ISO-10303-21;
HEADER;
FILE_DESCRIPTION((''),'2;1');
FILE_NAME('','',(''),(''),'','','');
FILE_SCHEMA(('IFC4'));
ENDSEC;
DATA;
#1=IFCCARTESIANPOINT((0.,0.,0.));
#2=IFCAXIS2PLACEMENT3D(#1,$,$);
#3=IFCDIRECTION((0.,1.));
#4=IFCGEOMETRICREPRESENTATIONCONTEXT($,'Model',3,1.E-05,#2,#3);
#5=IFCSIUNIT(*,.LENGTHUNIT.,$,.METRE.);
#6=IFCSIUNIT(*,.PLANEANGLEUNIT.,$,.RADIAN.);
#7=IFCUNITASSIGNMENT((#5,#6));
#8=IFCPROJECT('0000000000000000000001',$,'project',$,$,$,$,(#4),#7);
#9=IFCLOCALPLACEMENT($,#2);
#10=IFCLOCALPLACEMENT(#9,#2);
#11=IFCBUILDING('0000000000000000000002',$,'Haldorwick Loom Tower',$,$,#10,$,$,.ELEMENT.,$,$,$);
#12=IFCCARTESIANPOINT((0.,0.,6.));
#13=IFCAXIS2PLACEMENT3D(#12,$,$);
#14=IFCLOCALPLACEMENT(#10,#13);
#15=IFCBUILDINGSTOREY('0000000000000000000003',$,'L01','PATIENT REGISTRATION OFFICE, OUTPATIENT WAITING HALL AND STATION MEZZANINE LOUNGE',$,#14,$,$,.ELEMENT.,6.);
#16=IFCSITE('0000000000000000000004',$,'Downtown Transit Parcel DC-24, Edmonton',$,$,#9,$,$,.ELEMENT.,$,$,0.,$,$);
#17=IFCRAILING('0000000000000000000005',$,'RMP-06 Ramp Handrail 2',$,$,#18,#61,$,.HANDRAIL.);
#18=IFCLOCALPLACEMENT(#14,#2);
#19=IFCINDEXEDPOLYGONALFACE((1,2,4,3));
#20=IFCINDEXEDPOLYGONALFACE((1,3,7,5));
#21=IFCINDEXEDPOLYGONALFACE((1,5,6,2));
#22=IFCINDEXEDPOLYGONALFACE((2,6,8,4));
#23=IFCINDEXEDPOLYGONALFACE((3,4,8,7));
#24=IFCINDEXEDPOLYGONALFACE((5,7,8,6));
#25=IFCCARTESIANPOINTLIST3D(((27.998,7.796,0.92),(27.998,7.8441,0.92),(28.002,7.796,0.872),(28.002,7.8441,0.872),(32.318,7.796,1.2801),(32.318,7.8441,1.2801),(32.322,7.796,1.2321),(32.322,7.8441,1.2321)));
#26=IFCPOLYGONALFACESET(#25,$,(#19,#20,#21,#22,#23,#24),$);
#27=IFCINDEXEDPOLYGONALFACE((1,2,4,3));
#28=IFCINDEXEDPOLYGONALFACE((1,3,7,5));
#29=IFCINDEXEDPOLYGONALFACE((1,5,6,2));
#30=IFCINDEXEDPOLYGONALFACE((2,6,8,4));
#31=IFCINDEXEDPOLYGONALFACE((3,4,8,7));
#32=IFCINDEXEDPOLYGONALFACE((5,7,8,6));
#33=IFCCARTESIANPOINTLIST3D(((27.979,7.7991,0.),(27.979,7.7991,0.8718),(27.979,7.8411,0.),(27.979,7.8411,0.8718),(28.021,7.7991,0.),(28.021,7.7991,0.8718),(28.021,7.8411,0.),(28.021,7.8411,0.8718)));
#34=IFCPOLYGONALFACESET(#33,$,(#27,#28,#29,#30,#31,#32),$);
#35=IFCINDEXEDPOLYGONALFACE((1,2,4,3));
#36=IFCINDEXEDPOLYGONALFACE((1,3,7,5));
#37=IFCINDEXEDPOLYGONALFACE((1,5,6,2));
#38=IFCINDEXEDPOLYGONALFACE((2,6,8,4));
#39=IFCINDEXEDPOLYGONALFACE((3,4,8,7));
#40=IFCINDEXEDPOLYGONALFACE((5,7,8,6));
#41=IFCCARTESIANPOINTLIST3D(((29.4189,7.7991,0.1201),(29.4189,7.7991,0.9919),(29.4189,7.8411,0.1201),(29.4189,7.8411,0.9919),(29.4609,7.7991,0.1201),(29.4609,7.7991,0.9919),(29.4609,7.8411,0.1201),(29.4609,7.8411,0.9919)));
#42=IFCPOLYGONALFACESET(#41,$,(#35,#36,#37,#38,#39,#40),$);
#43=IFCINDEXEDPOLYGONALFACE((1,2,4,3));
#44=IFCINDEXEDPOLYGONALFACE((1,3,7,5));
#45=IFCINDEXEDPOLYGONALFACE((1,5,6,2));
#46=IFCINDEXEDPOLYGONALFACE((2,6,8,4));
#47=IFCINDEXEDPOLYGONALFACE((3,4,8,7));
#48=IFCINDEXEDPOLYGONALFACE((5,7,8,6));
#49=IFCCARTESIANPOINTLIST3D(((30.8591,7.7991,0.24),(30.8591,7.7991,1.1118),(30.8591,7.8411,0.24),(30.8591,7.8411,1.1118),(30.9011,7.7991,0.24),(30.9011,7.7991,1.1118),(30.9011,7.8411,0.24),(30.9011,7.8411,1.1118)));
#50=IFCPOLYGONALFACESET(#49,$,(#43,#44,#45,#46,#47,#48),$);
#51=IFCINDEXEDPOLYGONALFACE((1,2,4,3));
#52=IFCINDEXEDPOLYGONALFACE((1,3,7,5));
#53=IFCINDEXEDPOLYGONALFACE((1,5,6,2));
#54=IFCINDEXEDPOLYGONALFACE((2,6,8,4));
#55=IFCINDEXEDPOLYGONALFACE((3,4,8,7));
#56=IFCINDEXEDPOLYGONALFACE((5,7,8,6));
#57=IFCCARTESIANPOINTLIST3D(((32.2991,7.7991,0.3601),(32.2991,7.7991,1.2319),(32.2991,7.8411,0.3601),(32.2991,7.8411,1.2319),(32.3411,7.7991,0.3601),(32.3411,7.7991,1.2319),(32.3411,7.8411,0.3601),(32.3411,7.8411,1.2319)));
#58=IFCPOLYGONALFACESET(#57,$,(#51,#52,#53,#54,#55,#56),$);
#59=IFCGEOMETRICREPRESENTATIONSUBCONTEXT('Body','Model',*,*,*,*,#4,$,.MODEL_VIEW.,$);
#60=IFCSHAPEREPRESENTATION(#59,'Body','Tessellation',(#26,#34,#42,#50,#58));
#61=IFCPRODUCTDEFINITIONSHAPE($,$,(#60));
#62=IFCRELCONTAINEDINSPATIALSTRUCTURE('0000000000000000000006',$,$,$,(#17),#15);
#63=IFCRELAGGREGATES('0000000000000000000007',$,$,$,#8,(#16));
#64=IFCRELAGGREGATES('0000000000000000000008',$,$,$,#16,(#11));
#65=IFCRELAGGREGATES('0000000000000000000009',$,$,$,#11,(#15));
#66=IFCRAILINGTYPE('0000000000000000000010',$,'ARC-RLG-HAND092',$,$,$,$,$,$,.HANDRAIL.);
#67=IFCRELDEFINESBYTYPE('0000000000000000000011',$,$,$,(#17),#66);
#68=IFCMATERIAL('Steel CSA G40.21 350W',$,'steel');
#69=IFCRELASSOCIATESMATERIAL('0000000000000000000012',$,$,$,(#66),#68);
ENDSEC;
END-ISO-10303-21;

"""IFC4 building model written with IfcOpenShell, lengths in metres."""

from ifc_helpers import new_model, si_unit, direction, frame, origin, origin_2d, place, context, subcontext, project, spatial, rectangle, extrude, material, type_object, element, save


model = new_model("IFC4")

# Units and contexts
model_context = context("Model", 3, precision=1e-05, world=origin(), true_north=direction((0.0, 1.0)))
body_context = subcontext(model_context, "Body", "Model", "MODEL_VIEW")
ifc_project = project(units=[si_unit("LENGTHUNIT", "METRE"), si_unit("PLANEANGLEUNIT", "RADIAN")], contexts=[model_context])

# Site, building, storey
site_placement = place(None, origin())
site = spatial("IfcSite", under=ifc_project, at=site_placement, Name="Downtown Transit Parcel DC-24, Edmonton", CompositionType="ELEMENT", RefElevation=0.0)
building_placement = place(site_placement, origin())
building = spatial("IfcBuilding", under=site, at=building_placement, Name="Haldorwick Loom Tower", CompositionType="ELEMENT")
storey_placement = place(building_placement, frame((0.0, 0.0, 6.0)))
storey = spatial("IfcBuildingStorey", under=building, at=storey_placement, Name="L01", Description="PATIENT REGISTRATION OFFICE, OUTPATIENT WAITING HALL AND STATION MEZZANINE LOUNGE", CompositionType="ELEMENT", Elevation=6.0)

# Shared definitions
ifc_material_1 = material(Name="Steel CSA G40.21 350W", Category="steel")

# Railing
railing_type = type_object("IfcRailingType", Name="ARC-RLG-HAND092", PredefinedType="HANDRAIL", material=ifc_material_1)
for number, where, name in (
    (1, (28.0, 7.8201, 0.0), "RMP-06 Ramp Handrail 2"),
):
    element("IfcRailing", number, at=place(storey_placement, frame(where)), inside=storey, type_object=railing_type, Name=name, PredefinedType="HANDRAIL", context=body_context, shape_type="SweptSolid", body=[
        extrude(rectangle(XDim=0.0481, YDim=0.0481, at=origin_2d()), frame((0.0, 0.0, 0.896), z_axis=(0.996544, 0.0, 0.083069), x_axis=(0.0, 1.0, 0.0)), (0.0, 0.0, 1.0), 4.335),
        extrude(rectangle(XDim=0.042, YDim=0.042, at=origin_2d()), origin(), (0.0, 0.0, 1.0), 0.8718),
        extrude(rectangle(XDim=0.042, YDim=0.042, at=origin_2d()), frame((1.4399, 0.0, 0.1201)), (0.0, 0.0, 1.0), 0.8718),
        extrude(rectangle(XDim=0.042, YDim=0.042, at=origin_2d()), frame((2.8801, 0.0, 0.24)), (0.0, 0.0, 1.0), 0.8718),
        extrude(rectangle(XDim=0.042, YDim=0.042, at=origin_2d()), frame((4.3201, 0.0, 0.3601)), (0.0, 0.0, 1.0), 0.8718),
    ])

save(model, "model.ifc")
